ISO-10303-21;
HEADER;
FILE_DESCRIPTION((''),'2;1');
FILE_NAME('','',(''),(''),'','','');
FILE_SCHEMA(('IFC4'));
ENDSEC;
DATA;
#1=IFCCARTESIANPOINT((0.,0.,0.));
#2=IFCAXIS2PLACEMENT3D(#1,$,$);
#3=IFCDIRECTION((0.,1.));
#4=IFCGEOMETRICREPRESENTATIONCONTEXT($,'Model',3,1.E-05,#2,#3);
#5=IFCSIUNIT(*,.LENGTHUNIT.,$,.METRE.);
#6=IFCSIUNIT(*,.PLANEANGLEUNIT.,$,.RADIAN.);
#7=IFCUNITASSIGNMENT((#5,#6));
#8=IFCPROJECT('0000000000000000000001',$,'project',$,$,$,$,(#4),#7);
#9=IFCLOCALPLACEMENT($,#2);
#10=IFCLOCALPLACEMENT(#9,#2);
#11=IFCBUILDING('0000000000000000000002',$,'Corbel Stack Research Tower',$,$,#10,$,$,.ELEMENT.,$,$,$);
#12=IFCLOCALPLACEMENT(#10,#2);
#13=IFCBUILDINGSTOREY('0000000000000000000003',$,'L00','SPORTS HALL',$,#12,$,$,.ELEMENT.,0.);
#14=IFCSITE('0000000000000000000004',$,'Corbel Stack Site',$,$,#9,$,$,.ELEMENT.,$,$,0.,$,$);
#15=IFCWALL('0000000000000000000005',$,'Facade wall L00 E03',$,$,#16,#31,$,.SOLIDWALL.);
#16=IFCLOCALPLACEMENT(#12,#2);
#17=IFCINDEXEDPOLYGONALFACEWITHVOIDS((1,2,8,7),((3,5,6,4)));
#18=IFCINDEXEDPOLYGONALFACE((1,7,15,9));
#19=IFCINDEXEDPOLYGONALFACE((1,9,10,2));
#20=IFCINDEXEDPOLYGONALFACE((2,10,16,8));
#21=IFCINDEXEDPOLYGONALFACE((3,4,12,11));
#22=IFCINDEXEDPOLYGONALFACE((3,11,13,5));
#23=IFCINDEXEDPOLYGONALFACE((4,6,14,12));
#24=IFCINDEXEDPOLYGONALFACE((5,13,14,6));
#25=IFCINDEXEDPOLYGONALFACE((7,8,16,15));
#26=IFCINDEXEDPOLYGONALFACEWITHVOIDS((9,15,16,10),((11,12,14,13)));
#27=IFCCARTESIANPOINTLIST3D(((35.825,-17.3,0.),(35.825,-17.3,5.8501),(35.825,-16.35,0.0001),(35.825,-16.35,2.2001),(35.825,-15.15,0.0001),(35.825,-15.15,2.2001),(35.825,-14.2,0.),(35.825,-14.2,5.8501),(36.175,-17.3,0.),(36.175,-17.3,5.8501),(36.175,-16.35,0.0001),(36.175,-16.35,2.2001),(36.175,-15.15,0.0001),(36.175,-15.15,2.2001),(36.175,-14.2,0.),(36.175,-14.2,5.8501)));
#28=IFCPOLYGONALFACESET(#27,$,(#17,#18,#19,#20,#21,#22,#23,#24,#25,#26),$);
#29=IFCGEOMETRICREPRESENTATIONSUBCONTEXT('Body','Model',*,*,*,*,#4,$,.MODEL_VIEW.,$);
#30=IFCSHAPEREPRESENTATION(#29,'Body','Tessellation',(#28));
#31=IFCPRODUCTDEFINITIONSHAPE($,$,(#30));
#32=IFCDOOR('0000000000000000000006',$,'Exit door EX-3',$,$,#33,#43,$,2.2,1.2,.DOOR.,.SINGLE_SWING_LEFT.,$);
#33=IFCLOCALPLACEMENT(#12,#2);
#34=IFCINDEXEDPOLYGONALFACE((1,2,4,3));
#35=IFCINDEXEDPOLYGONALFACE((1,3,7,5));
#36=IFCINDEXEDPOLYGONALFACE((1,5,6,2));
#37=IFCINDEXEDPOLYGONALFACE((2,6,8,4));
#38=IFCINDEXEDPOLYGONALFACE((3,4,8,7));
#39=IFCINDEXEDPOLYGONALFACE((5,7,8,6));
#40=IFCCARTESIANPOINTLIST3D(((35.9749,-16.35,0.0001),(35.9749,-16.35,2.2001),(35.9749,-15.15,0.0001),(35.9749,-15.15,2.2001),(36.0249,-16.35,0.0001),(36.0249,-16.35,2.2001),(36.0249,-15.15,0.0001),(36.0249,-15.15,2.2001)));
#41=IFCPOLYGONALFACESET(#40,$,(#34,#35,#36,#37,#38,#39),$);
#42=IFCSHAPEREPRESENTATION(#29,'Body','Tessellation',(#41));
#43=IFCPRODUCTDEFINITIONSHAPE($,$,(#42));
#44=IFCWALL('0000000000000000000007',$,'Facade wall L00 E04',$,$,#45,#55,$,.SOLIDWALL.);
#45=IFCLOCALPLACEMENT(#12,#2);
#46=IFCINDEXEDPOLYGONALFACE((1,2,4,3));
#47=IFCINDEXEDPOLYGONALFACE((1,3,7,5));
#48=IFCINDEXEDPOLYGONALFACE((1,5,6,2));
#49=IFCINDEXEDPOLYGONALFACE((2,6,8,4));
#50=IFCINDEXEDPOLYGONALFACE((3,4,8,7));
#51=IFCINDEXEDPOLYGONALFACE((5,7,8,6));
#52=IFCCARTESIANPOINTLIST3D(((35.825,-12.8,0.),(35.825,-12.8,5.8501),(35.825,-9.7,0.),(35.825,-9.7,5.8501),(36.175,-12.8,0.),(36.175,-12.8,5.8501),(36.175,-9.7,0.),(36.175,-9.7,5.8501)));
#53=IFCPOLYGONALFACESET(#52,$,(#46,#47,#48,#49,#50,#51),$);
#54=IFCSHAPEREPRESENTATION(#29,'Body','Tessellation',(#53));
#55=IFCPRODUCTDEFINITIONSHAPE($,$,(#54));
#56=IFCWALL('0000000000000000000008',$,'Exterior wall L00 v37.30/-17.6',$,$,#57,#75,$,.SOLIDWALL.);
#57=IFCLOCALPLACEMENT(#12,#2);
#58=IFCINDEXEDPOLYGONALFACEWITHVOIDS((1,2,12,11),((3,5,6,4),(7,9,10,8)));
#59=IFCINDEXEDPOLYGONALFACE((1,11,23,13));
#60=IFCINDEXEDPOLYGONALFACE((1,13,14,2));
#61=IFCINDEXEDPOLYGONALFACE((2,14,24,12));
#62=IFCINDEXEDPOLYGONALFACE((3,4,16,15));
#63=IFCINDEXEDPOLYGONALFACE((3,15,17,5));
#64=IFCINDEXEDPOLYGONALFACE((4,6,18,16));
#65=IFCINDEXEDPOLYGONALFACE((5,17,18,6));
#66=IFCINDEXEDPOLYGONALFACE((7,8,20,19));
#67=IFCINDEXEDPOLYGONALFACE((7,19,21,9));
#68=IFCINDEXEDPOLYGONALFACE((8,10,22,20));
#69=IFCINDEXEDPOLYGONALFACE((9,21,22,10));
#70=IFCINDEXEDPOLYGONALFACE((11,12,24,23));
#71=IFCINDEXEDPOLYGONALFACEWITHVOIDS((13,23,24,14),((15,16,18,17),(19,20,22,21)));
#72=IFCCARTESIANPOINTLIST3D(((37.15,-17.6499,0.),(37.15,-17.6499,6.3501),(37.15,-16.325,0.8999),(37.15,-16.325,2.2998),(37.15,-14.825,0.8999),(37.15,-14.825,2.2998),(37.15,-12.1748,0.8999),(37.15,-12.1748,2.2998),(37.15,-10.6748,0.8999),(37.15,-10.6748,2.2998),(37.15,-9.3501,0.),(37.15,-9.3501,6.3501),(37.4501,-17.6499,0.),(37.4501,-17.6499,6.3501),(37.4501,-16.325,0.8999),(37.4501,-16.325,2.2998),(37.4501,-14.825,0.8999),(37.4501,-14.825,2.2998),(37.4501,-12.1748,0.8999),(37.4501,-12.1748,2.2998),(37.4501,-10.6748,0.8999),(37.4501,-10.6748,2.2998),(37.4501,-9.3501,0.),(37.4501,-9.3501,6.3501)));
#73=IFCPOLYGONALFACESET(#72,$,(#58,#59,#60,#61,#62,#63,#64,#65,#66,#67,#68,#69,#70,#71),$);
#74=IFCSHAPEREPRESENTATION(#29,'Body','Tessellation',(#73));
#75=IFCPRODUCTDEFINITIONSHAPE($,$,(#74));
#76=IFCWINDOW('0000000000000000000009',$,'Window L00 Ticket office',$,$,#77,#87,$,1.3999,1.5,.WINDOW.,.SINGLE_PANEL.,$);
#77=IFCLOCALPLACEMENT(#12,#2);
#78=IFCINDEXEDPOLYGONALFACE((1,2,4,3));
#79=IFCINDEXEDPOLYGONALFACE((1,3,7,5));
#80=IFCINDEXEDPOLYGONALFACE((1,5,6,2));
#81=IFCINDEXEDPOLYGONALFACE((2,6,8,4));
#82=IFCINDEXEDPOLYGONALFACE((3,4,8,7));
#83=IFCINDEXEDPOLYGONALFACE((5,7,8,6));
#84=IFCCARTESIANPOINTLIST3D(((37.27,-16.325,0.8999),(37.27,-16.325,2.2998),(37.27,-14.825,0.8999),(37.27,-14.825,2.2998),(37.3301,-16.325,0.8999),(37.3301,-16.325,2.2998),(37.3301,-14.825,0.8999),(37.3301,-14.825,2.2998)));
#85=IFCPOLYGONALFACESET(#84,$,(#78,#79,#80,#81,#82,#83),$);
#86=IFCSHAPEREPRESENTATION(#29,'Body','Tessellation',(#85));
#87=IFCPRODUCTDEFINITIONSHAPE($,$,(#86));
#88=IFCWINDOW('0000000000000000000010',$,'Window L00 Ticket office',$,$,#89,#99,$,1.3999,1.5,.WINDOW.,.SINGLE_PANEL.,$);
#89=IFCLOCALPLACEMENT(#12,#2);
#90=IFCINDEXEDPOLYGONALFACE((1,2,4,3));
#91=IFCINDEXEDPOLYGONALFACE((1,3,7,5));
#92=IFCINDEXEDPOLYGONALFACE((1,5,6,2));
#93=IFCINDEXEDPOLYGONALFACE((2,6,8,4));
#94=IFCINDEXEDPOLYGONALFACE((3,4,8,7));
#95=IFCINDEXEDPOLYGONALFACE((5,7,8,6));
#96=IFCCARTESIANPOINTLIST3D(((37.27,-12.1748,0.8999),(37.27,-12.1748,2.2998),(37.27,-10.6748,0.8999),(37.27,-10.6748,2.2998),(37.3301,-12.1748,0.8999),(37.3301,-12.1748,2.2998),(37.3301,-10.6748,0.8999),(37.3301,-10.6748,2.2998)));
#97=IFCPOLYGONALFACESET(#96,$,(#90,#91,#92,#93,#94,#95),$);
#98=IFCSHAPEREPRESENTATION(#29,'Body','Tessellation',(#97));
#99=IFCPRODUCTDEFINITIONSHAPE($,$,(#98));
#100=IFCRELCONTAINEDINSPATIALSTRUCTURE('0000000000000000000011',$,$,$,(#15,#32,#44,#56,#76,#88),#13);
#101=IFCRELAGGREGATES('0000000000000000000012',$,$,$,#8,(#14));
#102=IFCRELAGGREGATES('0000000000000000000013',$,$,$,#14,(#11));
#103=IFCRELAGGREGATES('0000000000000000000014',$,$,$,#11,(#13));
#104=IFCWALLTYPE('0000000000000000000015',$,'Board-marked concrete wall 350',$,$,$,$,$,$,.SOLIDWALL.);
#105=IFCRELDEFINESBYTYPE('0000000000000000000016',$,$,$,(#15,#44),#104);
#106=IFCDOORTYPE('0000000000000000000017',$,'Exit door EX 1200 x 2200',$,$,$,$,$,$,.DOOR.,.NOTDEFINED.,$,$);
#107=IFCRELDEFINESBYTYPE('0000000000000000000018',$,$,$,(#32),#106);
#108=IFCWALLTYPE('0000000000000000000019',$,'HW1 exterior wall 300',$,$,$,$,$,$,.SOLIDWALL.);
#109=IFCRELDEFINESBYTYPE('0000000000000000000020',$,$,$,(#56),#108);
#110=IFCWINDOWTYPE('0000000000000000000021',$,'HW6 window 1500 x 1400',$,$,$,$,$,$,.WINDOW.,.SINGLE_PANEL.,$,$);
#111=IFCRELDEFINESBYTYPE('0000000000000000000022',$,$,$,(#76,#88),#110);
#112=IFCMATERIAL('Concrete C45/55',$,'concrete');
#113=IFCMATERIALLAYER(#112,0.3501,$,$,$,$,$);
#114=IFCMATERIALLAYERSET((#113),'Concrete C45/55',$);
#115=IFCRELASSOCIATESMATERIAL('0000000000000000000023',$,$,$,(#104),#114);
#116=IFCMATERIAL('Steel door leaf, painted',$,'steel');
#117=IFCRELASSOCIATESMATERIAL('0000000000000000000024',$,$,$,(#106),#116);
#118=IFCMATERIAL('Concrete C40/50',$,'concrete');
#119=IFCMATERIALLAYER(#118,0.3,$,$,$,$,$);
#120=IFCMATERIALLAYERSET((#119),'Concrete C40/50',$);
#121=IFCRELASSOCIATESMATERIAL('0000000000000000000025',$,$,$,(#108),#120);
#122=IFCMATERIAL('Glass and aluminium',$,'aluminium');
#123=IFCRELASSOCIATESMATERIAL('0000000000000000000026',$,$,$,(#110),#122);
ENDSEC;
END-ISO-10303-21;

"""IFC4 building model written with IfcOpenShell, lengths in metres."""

from ifc_helpers import new_model, si_unit, direction, frame, frame_2d, origin, place, context, subcontext, project, spatial, rectangle, extrude, material, layer, layer_set, type_object, element, fill, save


model = new_model("IFC4")

# Units and contexts
model_context = context("Model", 3, precision=1e-05, world=origin(), true_north=direction((0.0, 1.0)))
body_context = subcontext(model_context, "Body", "Model", "MODEL_VIEW")
ifc_project = project(units=[si_unit("LENGTHUNIT", "METRE"), si_unit("PLANEANGLEUNIT", "RADIAN")], contexts=[model_context])

# Site, building, storey
site_placement = place(None, origin())
site = spatial("IfcSite", under=ifc_project, at=site_placement, Name="Corbel Stack Site", CompositionType="ELEMENT", RefElevation=0.0)
building_placement = place(site_placement, origin())
building = spatial("IfcBuilding", under=site, at=building_placement, Name="Corbel Stack Research Tower", CompositionType="ELEMENT")
storey_placement = place(building_placement, origin())
storey = spatial("IfcBuildingStorey", under=building, at=storey_placement, Name="L00", Description="SPORTS HALL", CompositionType="ELEMENT", Elevation=0.0)

# Wall, opening, door
ifc_material_1 = material(Name="Concrete C45/55", Category="concrete")
ifc_layer_1 = layer(ifc_material_1, 0.3501)
ifc_layer_set_1 = layer_set([ifc_layer_1], Name="Concrete C45/55")
wall_type_1 = type_object("IfcWallType", Name="Board-marked concrete wall 350", PredefinedType="SOLIDWALL", material=ifc_layer_set_1)
wall_1_placement = place(storey_placement, frame((36.0, -14.2, 0.0), z_axis=(0.0, 0.0, 1.0), x_axis=(0.0, -1.0, 0.0)))
wall_1 = element("IfcWall", 1, at=wall_1_placement, inside=storey, type_object=wall_type_1, Name="Facade wall L00 E03", PredefinedType="SOLIDWALL", context=body_context, shape_type="SweptSolid", body=[
    extrude(rectangle(XDim=3.1001, YDim=0.3501, at=frame_2d((1.55, 0.0))), origin(), (0.0, 0.0, 1.0), 5.8501),
])
opening_1_placement = place(wall_1_placement, frame((0.95, 0.0, 0.0)))
opening_1 = element("IfcOpeningElement", 2, at=opening_1_placement, cuts=wall_1, PredefinedType="OPENING", context=body_context, shape_type="SweptSolid", body=[
    extrude(rectangle(XDim=1.2, YDim=2.2, at=frame_2d((0.6001, 1.1001))), frame((0.0, 0.1851, 0.0), z_axis=(0.0, -1.0, 0.0), x_axis=(1.0, 0.0, 0.0)), (0.0, 0.0, 1.0), 0.3701),
])
ifc_material_2 = material(Name="Steel door leaf, painted", Category="steel")
door_type = type_object("IfcDoorType", Name="Exit door EX 1200 x 2200", OperationType="NOTDEFINED", PredefinedType="DOOR", material=ifc_material_2)
door_placement = place(opening_1_placement, origin())
door = element("IfcDoor", 3, at=door_placement, inside=storey, type_object=door_type, Name="Exit door EX-3", OperationType="SINGLE_SWING_LEFT", OverallHeight=2.2, OverallWidth=1.2, PredefinedType="DOOR", context=body_context, shape_type="SweptSolid", body=[
    extrude(rectangle(XDim=1.2, YDim=2.2, at=frame_2d((0.6001, 1.1001))), frame((0.0, 0.0249, 0.0), z_axis=(0.0, -1.0, 0.0), x_axis=(1.0, 0.0, 0.0)), (0.0, 0.0, 1.0), 0.05),
])
fill(opening_1, door)

# Wall
wall_2_placement = place(storey_placement, frame((36.0, -9.7, 0.0), z_axis=(0.0, 0.0, 1.0), x_axis=(0.0, -1.0, 0.0)))
element("IfcWall", 4, at=wall_2_placement, inside=storey, type_object=wall_type_1, Name="Facade wall L00 E04", PredefinedType="SOLIDWALL", context=body_context, shape_type="SweptSolid", body=[
    extrude(rectangle(XDim=3.1001, YDim=0.3501, at=frame_2d((1.55, 0.0))), origin(), (0.0, 0.0, 1.0), 5.8501),
])

# Wall, openings, windows
ifc_material_3 = material(Name="Concrete C40/50", Category="concrete")
ifc_layer_2 = layer(ifc_material_3, 0.3)
ifc_layer_set_2 = layer_set([ifc_layer_2], Name="Concrete C40/50")
wall_type_2 = type_object("IfcWallType", Name="HW1 exterior wall 300", PredefinedType="SOLIDWALL", material=ifc_layer_set_2)
wall_3_placement = place(storey_placement, frame((37.3, -17.6499, 0.0), z_axis=(0.0, 0.0, 1.0), x_axis=(0.0, 1.0, 0.0)))
wall_3 = element("IfcWall", 5, at=wall_3_placement, inside=storey, type_object=wall_type_2, Name="Exterior wall L00 v37.30/-17.6", PredefinedType="SOLIDWALL", context=body_context, shape_type="SweptSolid", body=[
    extrude(rectangle(XDim=8.2998, YDim=0.3, at=frame_2d((4.1499, 0.0))), origin(), (0.0, 0.0, 1.0), 6.3501),
])
opening_2_placement = place(wall_3_placement, frame((1.325, 0.0, 0.8999)))
opening_2 = element("IfcOpeningElement", 6, at=opening_2_placement, cuts=wall_3, PredefinedType="OPENING", context=body_context, shape_type="SweptSolid", body=[
    extrude(rectangle(XDim=1.5, YDim=1.3999, at=frame_2d((0.75, 0.7))), frame((0.0, 0.1599, 0.0), z_axis=(0.0, -1.0, 0.0), x_axis=(1.0, 0.0, 0.0)), (0.0, 0.0, 1.0), 0.3201),
])
opening_3_placement = place(wall_3_placement, frame((5.4751, 0.0, 0.8999)))
opening_3 = element("IfcOpeningElement", 7, at=opening_3_placement, cuts=wall_3, PredefinedType="OPENING", context=body_context, shape_type="SweptSolid", body=[
    extrude(rectangle(XDim=1.5, YDim=1.3999, at=frame_2d((0.75, 0.7))), frame((0.0, 0.1599, 0.0), z_axis=(0.0, -1.0, 0.0), x_axis=(1.0, 0.0, 0.0)), (0.0, 0.0, 1.0), 0.3201),
])
ifc_material_4 = material(Name="Glass and aluminium", Category="aluminium")
window_type = type_object("IfcWindowType", Name="HW6 window 1500 x 1400", PartitioningType="SINGLE_PANEL", PredefinedType="WINDOW", material=ifc_material_4)
window_1_placement = place(opening_2_placement, origin())
window_1 = element("IfcWindow", 8, at=window_1_placement, inside=storey, type_object=window_type, Name="Window L00 Ticket office", OverallHeight=1.3999, OverallWidth=1.5, PartitioningType="SINGLE_PANEL", PredefinedType="WINDOW", context=body_context, shape_type="SweptSolid", body=[
    extrude(rectangle(XDim=1.5, YDim=1.3999, at=frame_2d((0.75, 0.7))), frame((0.0, 0.03, 0.0), z_axis=(0.0, -1.0, 0.0), x_axis=(1.0, 0.0, 0.0)), (0.0, 0.0, 1.0), 0.0601),
])
fill(opening_2, window_1)
window_2_placement = place(opening_3_placement, origin())
window_2 = element("IfcWindow", 9, at=window_2_placement, inside=storey, type_object=window_type, Name="Window L00 Ticket office", OverallHeight=1.3999, OverallWidth=1.5, PartitioningType="SINGLE_PANEL", PredefinedType="WINDOW", context=body_context, shape_type="SweptSolid", body=[
    extrude(rectangle(XDim=1.5, YDim=1.3999, at=frame_2d((0.75, 0.7))), frame((0.0, 0.03, 0.0), z_axis=(0.0, -1.0, 0.0), x_axis=(1.0, 0.0, 0.0)), (0.0, 0.0, 1.0), 0.0601),
])
fill(opening_3, window_2)

save(model, "model.ifc")
